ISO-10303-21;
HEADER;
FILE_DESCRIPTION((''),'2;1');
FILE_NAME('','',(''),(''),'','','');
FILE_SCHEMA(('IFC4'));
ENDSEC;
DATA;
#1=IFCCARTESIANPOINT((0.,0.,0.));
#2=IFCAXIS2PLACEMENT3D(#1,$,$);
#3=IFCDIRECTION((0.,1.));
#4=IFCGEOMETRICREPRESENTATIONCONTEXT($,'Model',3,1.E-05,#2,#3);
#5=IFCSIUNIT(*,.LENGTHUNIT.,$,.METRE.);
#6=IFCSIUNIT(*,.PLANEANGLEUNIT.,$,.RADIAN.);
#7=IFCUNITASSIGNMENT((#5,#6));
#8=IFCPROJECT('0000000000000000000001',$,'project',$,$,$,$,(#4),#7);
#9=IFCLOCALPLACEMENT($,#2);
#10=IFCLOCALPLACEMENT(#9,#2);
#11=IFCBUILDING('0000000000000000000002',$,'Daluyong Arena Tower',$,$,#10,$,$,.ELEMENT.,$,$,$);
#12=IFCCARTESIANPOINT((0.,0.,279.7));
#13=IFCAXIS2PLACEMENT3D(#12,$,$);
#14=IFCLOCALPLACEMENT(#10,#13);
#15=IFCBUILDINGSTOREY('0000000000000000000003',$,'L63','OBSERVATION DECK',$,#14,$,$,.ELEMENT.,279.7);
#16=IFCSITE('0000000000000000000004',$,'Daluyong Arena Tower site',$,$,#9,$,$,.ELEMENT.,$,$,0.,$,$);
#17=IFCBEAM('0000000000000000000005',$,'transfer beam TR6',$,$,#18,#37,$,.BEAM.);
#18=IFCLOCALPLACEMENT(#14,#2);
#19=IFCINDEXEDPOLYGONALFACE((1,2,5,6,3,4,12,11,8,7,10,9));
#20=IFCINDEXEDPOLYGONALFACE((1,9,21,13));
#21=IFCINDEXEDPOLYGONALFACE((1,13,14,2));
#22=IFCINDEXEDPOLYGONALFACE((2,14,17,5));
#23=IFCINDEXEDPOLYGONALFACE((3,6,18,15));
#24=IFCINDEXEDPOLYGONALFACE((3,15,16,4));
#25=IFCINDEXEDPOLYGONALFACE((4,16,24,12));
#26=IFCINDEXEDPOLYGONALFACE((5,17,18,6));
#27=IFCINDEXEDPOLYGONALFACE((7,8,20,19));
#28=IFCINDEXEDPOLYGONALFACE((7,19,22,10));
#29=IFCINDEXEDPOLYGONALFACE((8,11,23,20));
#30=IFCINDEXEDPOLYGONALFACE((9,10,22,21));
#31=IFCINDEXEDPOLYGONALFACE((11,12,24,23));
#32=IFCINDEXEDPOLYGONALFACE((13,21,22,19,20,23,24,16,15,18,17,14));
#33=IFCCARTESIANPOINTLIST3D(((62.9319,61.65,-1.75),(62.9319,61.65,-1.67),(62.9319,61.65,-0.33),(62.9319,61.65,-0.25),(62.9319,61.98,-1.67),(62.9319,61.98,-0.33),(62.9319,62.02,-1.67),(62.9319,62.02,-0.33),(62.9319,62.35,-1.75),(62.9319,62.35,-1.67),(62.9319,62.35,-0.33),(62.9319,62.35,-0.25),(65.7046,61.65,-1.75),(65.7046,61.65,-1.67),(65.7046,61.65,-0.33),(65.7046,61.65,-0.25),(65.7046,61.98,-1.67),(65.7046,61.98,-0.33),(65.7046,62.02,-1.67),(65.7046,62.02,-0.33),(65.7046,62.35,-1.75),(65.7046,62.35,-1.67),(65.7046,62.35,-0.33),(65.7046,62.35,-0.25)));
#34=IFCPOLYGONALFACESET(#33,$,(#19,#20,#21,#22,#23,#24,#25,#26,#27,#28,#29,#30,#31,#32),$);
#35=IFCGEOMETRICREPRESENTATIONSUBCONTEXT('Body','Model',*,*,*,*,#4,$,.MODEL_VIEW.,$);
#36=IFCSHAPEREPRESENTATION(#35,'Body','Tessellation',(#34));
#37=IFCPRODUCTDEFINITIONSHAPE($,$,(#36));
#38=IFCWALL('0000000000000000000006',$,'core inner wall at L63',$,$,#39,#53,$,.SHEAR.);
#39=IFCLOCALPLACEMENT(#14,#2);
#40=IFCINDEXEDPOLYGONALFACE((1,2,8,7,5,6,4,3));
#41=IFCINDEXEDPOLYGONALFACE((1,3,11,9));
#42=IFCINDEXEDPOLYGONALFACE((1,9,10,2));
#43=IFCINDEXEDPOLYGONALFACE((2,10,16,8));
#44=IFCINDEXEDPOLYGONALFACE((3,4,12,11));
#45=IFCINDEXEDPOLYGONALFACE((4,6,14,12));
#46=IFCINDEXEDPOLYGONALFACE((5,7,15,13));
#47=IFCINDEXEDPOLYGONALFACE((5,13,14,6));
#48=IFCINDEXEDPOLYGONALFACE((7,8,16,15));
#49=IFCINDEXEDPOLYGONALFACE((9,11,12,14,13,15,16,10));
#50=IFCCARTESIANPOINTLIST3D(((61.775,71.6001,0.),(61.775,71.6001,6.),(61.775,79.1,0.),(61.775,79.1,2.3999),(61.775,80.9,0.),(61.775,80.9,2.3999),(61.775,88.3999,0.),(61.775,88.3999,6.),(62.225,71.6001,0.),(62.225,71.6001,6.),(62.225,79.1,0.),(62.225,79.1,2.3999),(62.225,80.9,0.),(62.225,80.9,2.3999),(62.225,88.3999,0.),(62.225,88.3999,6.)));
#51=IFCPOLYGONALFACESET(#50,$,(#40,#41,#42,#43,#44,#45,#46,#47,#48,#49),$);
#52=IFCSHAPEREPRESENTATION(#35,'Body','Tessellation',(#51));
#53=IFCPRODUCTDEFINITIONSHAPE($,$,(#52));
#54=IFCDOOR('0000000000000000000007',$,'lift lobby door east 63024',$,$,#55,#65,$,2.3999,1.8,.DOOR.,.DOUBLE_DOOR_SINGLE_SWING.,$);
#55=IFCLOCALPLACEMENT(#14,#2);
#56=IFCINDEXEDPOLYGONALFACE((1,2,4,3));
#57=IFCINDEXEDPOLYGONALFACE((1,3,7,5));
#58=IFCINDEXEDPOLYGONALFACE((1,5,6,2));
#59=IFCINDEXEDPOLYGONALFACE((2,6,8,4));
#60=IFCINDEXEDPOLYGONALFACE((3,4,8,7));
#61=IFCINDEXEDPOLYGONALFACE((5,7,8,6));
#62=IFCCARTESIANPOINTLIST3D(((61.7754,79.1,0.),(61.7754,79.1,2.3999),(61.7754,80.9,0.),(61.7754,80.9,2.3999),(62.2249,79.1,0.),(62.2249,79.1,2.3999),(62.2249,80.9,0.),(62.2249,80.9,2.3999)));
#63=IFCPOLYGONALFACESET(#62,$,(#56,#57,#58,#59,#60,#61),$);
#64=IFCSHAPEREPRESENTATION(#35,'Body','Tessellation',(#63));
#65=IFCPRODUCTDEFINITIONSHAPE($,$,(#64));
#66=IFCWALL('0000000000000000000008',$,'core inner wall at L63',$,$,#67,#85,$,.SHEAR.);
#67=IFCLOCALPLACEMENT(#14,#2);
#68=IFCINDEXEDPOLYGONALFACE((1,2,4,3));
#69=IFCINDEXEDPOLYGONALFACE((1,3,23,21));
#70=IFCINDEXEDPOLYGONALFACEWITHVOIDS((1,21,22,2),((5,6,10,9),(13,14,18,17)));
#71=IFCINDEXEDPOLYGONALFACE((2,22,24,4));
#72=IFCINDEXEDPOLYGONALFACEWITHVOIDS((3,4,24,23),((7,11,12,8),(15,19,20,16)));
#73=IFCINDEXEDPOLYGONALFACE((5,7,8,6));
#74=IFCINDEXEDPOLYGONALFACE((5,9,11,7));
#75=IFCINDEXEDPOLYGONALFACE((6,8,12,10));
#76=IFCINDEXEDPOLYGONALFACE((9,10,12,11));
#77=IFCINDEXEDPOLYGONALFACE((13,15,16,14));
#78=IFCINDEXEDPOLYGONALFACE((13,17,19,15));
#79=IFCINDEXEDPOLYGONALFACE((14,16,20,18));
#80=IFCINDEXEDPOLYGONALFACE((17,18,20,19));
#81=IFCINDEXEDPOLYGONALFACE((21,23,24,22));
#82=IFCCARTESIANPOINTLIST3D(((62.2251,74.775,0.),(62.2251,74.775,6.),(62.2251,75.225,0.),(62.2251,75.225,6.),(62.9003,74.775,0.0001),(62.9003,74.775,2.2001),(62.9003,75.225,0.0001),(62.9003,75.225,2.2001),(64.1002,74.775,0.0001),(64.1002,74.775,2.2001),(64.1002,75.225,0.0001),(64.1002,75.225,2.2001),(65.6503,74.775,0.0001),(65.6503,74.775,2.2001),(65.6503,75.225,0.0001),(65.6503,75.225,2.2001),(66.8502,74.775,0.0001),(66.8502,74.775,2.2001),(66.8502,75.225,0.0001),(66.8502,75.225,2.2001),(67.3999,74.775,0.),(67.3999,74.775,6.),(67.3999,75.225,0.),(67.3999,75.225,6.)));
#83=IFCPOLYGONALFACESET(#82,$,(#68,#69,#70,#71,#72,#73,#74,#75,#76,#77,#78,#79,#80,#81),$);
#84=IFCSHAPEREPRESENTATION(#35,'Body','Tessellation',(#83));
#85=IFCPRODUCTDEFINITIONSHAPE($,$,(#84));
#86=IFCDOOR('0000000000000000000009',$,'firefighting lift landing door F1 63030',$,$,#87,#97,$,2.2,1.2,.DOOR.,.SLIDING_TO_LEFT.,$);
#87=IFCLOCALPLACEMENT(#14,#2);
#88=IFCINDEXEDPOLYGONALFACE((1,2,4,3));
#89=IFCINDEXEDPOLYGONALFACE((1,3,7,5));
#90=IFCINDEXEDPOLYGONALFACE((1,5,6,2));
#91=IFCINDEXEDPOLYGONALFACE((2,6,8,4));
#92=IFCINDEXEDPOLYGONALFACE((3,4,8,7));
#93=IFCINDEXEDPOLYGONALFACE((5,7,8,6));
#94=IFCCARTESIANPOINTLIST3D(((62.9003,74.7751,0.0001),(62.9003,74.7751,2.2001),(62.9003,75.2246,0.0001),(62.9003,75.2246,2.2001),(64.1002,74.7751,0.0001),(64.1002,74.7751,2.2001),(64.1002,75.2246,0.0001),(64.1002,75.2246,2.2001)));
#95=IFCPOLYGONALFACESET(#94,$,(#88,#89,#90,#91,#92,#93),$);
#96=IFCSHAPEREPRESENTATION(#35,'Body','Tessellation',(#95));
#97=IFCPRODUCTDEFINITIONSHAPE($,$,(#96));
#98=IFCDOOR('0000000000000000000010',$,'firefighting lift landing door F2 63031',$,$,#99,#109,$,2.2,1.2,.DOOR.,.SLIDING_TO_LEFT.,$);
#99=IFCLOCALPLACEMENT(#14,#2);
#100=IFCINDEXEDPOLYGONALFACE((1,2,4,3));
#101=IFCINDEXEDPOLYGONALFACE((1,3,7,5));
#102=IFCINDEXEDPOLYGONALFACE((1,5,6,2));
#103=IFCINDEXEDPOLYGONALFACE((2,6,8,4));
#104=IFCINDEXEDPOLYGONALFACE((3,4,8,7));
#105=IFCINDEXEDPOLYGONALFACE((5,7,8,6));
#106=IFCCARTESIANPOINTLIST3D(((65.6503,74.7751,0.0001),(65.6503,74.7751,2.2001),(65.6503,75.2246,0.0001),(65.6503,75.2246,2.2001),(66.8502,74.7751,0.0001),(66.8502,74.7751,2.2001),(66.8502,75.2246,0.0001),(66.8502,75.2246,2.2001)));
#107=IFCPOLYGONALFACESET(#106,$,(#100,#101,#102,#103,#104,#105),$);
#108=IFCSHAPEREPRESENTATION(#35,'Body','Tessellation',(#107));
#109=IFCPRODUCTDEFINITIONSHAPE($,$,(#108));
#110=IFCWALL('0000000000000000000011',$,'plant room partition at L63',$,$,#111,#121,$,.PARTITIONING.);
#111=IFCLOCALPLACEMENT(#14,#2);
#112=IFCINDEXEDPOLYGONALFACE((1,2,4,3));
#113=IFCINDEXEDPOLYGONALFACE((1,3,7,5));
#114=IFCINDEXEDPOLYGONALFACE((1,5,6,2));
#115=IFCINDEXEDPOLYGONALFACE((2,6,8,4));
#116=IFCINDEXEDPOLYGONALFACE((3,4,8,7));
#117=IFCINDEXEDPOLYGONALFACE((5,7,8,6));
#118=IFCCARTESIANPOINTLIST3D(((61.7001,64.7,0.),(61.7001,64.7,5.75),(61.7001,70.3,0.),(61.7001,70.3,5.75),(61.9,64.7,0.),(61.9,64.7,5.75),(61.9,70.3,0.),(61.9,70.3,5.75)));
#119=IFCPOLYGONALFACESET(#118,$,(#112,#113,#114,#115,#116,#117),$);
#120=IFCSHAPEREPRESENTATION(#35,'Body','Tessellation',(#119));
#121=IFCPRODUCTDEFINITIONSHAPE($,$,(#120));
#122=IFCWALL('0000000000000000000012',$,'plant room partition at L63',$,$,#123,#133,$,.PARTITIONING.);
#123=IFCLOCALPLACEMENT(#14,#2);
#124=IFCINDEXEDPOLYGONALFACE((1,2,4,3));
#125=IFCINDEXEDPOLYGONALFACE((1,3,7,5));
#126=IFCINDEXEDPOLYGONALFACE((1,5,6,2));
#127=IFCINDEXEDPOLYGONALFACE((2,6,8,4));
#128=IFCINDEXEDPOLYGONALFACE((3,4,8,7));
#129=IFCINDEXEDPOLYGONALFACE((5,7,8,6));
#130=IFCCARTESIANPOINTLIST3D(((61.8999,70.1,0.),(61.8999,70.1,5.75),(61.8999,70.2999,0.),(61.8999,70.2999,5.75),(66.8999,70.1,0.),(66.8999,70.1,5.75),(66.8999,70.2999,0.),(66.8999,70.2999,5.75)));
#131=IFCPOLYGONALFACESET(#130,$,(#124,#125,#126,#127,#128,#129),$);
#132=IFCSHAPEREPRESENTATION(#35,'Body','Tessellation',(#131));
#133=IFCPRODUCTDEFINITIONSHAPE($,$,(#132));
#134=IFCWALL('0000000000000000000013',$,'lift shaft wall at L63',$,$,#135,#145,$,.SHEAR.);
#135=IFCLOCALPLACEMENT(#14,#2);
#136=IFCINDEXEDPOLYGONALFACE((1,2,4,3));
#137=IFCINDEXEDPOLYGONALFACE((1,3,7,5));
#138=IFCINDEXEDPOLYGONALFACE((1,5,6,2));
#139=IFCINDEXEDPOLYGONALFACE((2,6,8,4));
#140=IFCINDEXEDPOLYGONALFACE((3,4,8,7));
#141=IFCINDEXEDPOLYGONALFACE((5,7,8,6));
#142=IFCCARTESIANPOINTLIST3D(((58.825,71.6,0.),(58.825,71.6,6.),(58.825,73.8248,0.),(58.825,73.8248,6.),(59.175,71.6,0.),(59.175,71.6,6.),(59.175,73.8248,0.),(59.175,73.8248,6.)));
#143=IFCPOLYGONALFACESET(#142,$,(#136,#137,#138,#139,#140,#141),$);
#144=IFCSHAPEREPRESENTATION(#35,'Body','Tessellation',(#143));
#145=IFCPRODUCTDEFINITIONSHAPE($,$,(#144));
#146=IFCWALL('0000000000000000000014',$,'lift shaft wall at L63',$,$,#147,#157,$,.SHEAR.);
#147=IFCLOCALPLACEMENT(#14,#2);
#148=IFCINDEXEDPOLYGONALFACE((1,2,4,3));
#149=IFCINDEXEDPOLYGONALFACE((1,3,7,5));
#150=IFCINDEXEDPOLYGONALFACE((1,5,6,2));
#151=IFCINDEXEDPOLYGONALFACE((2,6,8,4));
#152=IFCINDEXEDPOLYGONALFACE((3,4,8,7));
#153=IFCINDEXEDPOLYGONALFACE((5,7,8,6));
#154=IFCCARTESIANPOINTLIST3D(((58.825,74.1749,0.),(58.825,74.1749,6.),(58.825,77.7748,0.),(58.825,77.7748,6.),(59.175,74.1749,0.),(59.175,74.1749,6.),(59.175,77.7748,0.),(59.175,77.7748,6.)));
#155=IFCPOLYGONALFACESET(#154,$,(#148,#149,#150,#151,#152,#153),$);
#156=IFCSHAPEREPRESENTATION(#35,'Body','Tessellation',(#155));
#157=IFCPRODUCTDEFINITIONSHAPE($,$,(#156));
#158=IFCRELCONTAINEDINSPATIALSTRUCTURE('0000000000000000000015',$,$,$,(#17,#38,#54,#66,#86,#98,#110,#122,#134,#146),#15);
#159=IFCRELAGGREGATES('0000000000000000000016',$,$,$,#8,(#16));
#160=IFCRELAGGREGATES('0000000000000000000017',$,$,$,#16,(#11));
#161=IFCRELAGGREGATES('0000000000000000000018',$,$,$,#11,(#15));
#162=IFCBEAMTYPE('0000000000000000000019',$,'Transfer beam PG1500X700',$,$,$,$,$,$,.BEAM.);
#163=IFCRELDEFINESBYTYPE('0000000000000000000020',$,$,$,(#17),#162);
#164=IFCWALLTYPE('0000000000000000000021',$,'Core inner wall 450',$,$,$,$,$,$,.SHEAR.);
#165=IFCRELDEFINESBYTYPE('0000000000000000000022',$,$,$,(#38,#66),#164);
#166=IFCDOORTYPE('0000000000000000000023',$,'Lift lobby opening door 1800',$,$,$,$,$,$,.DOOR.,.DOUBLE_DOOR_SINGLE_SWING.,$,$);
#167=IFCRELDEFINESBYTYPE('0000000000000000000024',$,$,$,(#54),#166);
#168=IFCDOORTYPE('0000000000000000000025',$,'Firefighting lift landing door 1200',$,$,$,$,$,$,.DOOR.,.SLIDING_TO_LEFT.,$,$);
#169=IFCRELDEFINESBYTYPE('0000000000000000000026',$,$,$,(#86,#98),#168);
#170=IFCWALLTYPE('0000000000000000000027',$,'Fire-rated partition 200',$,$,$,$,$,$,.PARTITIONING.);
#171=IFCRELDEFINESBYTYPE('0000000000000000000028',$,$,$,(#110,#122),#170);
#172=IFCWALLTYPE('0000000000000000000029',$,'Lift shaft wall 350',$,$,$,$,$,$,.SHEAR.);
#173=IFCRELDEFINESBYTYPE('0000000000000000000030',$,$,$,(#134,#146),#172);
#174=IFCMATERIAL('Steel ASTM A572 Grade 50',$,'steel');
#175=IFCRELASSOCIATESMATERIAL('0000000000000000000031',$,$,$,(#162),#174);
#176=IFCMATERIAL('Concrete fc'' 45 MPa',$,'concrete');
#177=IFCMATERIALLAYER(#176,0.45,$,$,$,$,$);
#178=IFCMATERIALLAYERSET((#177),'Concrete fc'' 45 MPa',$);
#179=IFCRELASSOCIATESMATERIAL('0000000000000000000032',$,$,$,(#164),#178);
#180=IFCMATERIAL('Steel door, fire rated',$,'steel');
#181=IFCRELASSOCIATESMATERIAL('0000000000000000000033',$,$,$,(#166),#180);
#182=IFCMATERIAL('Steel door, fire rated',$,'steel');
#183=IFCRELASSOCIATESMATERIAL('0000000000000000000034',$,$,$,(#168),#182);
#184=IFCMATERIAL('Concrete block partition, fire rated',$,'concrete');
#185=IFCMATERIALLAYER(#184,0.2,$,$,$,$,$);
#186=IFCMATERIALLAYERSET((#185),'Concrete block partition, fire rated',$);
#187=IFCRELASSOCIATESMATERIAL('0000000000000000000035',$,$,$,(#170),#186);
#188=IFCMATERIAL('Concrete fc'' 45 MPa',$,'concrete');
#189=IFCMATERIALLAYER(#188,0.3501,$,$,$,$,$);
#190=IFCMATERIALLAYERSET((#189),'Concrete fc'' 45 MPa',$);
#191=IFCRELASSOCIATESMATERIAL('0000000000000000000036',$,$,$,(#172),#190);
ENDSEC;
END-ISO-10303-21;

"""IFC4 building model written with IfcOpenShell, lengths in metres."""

from ifc_helpers import new_model, si_unit, direction, frame, frame_2d, origin, origin_2d, place, context, subcontext, project, spatial, rectangle, i_section, extrude, material, layer, layer_set, material_profile, profile_set, type_object, element, fill, save


model = new_model("IFC4")

# Units and contexts
model_context = context("Model", 3, precision=1e-05, world=origin(), true_north=direction((0.0, 1.0)))
body_context = subcontext(model_context, "Body", "Model", "MODEL_VIEW")
ifc_project = project(units=[si_unit("LENGTHUNIT", "METRE"), si_unit("PLANEANGLEUNIT", "RADIAN")], contexts=[model_context])

# Site, building, storey
site_placement = place(None, origin())
site = spatial("IfcSite", under=ifc_project, at=site_placement, Name="Daluyong Arena Tower site", CompositionType="ELEMENT", RefElevation=0.0)
building_placement = place(site_placement, origin())
building = spatial("IfcBuilding", under=site, at=building_placement, Name="Daluyong Arena Tower", CompositionType="ELEMENT")
storey_placement = place(building_placement, frame((0.0, 0.0, 279.7)))
storey = spatial("IfcBuildingStorey", under=building, at=storey_placement, Name="L63", Description="OBSERVATION DECK", CompositionType="ELEMENT", Elevation=279.7)

# Beam
ifc_material_1 = material(Name="Steel ASTM A572 Grade 50", Category="steel")
ifc_material_profile_1 = material_profile(ifc_material_1, i_section(OverallWidth=0.7, OverallDepth=1.5, WebThickness=0.04, FlangeThickness=0.08, at=origin_2d()))
ifc_profile_set_1 = profile_set([ifc_material_profile_1], Name="Steel ASTM A572 Grade 50")
beam_type_1 = type_object("IfcBeamType", Name="Transfer beam PG1500X700", PredefinedType="BEAM", material=ifc_profile_set_1)
for number, where, z_axis, x_axis, name in (
    (1, (62.9319, 62.0, -1.0), (1.0, 0.0, 0.0), (0.0, 1.0, 0.0), "transfer beam TR6"),
):
    element("IfcBeam", number, at=place(storey_placement, frame(where, z_axis=z_axis, x_axis=x_axis)), inside=storey, type_object=beam_type_1, Name=name, PredefinedType="BEAM", context=body_context, shape_type="SweptSolid", body=[
        extrude(i_section(OverallWidth=0.7, OverallDepth=1.5, WebThickness=0.04, FlangeThickness=0.08, at=origin_2d()), origin(), (0.0, 0.0, 1.0), 2.7727),
    ])

# Wall, opening, door
ifc_material_2 = material(Name="Concrete fc' 45 MPa", Category="concrete")
ifc_layer_1 = layer(ifc_material_2, 0.45)
ifc_layer_set_1 = layer_set([ifc_layer_1], Name="Concrete fc' 45 MPa")
wall_type_1 = type_object("IfcWallType", Name="Core inner wall 450", PredefinedType="SHEAR", material=ifc_layer_set_1)
wall_1_placement = place(storey_placement, frame((62.0, 71.6001, 0.0), z_axis=(0.0, 0.0, 1.0), x_axis=(0.0, 1.0, 0.0)))
wall_1 = element("IfcWall", 2, at=wall_1_placement, inside=storey, type_object=wall_type_1, Name="core inner wall at L63", PredefinedType="SHEAR", context=body_context, shape_type="SweptSolid", body=[
    extrude(rectangle(XDim=16.7998, YDim=0.45, at=frame_2d((8.3999, 0.0))), origin(), (0.0, 0.0, 1.0), 6.0),
])
opening_1_placement = place(wall_1_placement, frame((7.5, 0.0, 0.0)))
opening_1 = element("IfcOpeningElement", 3, at=opening_1_placement, cuts=wall_1, PredefinedType="OPENING", context=body_context, shape_type="SweptSolid", body=[
    extrude(rectangle(XDim=1.8, YDim=2.3999, at=frame_2d((0.8999, 1.2))), frame((0.0, 0.2349, 0.0), z_axis=(0.0, -1.0, 0.0), x_axis=(1.0, 0.0, 0.0)), (0.0, 0.0, 1.0), 0.47),
])
ifc_material_3 = material(Name="Steel door, fire rated", Category="steel")
door_type_1 = type_object("IfcDoorType", Name="Lift lobby opening door 1800", OperationType="DOUBLE_DOOR_SINGLE_SWING", PredefinedType="DOOR", material=ifc_material_3)
door_1_placement = place(opening_1_placement, origin())
door_1 = element("IfcDoor", 4, at=door_1_placement, inside=storey, type_object=door_type_1, Name="lift lobby door east 63024", OperationType="DOUBLE_DOOR_SINGLE_SWING", OverallHeight=2.3999, OverallWidth=1.8, PredefinedType="DOOR", context=body_context, shape_type="SweptSolid", body=[
    extrude(rectangle(XDim=1.8, YDim=2.3999, at=frame_2d((0.8999, 1.2))), frame((0.0, 0.2246, 0.0), z_axis=(0.0, -1.0, 0.0), x_axis=(1.0, 0.0, 0.0)), (0.0, 0.0, 1.0), 0.4495),
])
fill(opening_1, door_1)

# Wall, openings, doors
wall_2_placement = place(storey_placement, frame((62.2251, 75.0, 0.0), z_axis=(0.0, 0.0, 1.0), x_axis=(1.0, 0.0, 0.0)))
wall_2 = element("IfcWall", 5, at=wall_2_placement, inside=storey, type_object=wall_type_1, Name="core inner wall at L63", PredefinedType="SHEAR", context=body_context, shape_type="SweptSolid", body=[
    extrude(rectangle(XDim=5.1748, YDim=0.45, at=frame_2d((2.5874, 0.0))), origin(), (0.0, 0.0, 1.0), 6.0),
])
opening_2_placement = place(wall_2_placement, frame((0.675, 0.0, 0.0)))
opening_2 = element("IfcOpeningElement", 6, at=opening_2_placement, cuts=wall_2, PredefinedType="OPENING", context=body_context, shape_type="SweptSolid", body=[
    extrude(rectangle(XDim=1.2, YDim=2.2, at=frame_2d((0.6001, 1.1001))), frame((0.0, 0.2349, 0.0), z_axis=(0.0, -1.0, 0.0), x_axis=(1.0, 0.0, 0.0)), (0.0, 0.0, 1.0), 0.47),
])
opening_3_placement = place(wall_2_placement, frame((3.425, 0.0, 0.0)))
opening_3 = element("IfcOpeningElement", 7, at=opening_3_placement, cuts=wall_2, PredefinedType="OPENING", context=body_context, shape_type="SweptSolid", body=[
    extrude(rectangle(XDim=1.2, YDim=2.2, at=frame_2d((0.6001, 1.1001))), frame((0.0, 0.2349, 0.0), z_axis=(0.0, -1.0, 0.0), x_axis=(1.0, 0.0, 0.0)), (0.0, 0.0, 1.0), 0.47),
])
ifc_material_4 = material(Name="Steel door, fire rated", Category="steel")
door_type_2 = type_object("IfcDoorType", Name="Firefighting lift landing door 1200", OperationType="SLIDING_TO_LEFT", PredefinedType="DOOR", material=ifc_material_4)
door_2_placement = place(opening_2_placement, origin())
door_2 = element("IfcDoor", 8, at=door_2_placement, inside=storey, type_object=door_type_2, Name="firefighting lift landing door F1 63030", OperationType="SLIDING_TO_LEFT", OverallHeight=2.2, OverallWidth=1.2, PredefinedType="DOOR", context=body_context, shape_type="SweptSolid", body=[
    extrude(rectangle(XDim=1.2, YDim=2.2, at=frame_2d((0.6001, 1.1001))), frame((0.0, 0.2246, 0.0), z_axis=(0.0, -1.0, 0.0), x_axis=(1.0, 0.0, 0.0)), (0.0, 0.0, 1.0), 0.4495),
])
fill(opening_2, door_2)
door_3_placement = place(opening_3_placement, origin())
door_3 = element("IfcDoor", 9, at=door_3_placement, inside=storey, type_object=door_type_2, Name="firefighting lift landing door F2 63031", OperationType="SLIDING_TO_LEFT", OverallHeight=2.2, OverallWidth=1.2, PredefinedType="DOOR", context=body_context, shape_type="SweptSolid", body=[
    extrude(rectangle(XDim=1.2, YDim=2.2, at=frame_2d((0.6001, 1.1001))), frame((0.0, 0.2246, 0.0), z_axis=(0.0, -1.0, 0.0), x_axis=(1.0, 0.0, 0.0)), (0.0, 0.0, 1.0), 0.4495),
])
fill(opening_3, door_3)

# Wall
ifc_material_5 = material(Name="Concrete block partition, fire rated", Category="concrete")
ifc_layer_2 = layer(ifc_material_5, 0.2)
ifc_layer_set_2 = layer_set([ifc_layer_2], Name="Concrete block partition, fire rated")
wall_type_2 = type_object("IfcWallType", Name="Fire-rated partition 200", PredefinedType="PARTITIONING", material=ifc_layer_set_2)
wall_3_placement = place(storey_placement, frame((61.8, 64.7, 0.0), z_axis=(0.0, 0.0, 1.0), x_axis=(0.0, 1.0, 0.0)))
element("IfcWall", 10, at=wall_3_placement, inside=storey, type_object=wall_type_2, Name="plant room partition at L63", PredefinedType="PARTITIONING", context=body_context, shape_type="SweptSolid", body=[
    extrude(rectangle(XDim=5.6001, YDim=0.2, at=frame_2d((2.8, 0.0))), origin(), (0.0, 0.0, 1.0), 5.75),
])

# Walls
wall_4_placement = place(storey_placement, frame((61.8999, 70.2, 0.0), z_axis=(0.0, 0.0, 1.0), x_axis=(1.0, 0.0, 0.0)))
element("IfcWall", 11, at=wall_4_placement, inside=storey, type_object=wall_type_2, Name="plant room partition at L63", PredefinedType="PARTITIONING", context=body_context, shape_type="SweptSolid", body=[
    extrude(rectangle(XDim=5.0, YDim=0.2, at=frame_2d((2.5, 0.0))), origin(), (0.0, 0.0, 1.0), 5.75),
])
ifc_material_6 = material(Name="Concrete fc' 45 MPa", Category="concrete")
ifc_layer_3 = layer(ifc_material_6, 0.3501)
ifc_layer_set_3 = layer_set([ifc_layer_3], Name="Concrete fc' 45 MPa")
wall_type_3 = type_object("IfcWallType", Name="Lift shaft wall 350", PredefinedType="SHEAR", material=ifc_layer_set_3)
wall_5_placement = place(storey_placement, frame((59.0, 71.6001, 0.0), z_axis=(0.0, 0.0, 1.0), x_axis=(0.0, 1.0, 0.0)))
element("IfcWall", 12, at=wall_5_placement, inside=storey, type_object=wall_type_3, Name="lift shaft wall at L63", PredefinedType="SHEAR", context=body_context, shape_type="SweptSolid", body=[
    extrude(rectangle(XDim=2.2249, YDim=0.3501, at=frame_2d((1.1123, 0.0))), origin(), (0.0, 0.0, 1.0), 6.0),
])
wall_6_placement = place(storey_placement, frame((59.0, 74.175, 0.0), z_axis=(0.0, 0.0, 1.0), x_axis=(0.0, 1.0, 0.0)))
element("IfcWall", 13, at=wall_6_placement, inside=storey, type_object=wall_type_3, Name="lift shaft wall at L63", PredefinedType="SHEAR", context=body_context, shape_type="SweptSolid", body=[
    extrude(rectangle(XDim=3.5999, YDim=0.3501, at=frame_2d((1.7998, 0.0))), origin(), (0.0, 0.0, 1.0), 6.0),
])

save(model, "model.ifc")
